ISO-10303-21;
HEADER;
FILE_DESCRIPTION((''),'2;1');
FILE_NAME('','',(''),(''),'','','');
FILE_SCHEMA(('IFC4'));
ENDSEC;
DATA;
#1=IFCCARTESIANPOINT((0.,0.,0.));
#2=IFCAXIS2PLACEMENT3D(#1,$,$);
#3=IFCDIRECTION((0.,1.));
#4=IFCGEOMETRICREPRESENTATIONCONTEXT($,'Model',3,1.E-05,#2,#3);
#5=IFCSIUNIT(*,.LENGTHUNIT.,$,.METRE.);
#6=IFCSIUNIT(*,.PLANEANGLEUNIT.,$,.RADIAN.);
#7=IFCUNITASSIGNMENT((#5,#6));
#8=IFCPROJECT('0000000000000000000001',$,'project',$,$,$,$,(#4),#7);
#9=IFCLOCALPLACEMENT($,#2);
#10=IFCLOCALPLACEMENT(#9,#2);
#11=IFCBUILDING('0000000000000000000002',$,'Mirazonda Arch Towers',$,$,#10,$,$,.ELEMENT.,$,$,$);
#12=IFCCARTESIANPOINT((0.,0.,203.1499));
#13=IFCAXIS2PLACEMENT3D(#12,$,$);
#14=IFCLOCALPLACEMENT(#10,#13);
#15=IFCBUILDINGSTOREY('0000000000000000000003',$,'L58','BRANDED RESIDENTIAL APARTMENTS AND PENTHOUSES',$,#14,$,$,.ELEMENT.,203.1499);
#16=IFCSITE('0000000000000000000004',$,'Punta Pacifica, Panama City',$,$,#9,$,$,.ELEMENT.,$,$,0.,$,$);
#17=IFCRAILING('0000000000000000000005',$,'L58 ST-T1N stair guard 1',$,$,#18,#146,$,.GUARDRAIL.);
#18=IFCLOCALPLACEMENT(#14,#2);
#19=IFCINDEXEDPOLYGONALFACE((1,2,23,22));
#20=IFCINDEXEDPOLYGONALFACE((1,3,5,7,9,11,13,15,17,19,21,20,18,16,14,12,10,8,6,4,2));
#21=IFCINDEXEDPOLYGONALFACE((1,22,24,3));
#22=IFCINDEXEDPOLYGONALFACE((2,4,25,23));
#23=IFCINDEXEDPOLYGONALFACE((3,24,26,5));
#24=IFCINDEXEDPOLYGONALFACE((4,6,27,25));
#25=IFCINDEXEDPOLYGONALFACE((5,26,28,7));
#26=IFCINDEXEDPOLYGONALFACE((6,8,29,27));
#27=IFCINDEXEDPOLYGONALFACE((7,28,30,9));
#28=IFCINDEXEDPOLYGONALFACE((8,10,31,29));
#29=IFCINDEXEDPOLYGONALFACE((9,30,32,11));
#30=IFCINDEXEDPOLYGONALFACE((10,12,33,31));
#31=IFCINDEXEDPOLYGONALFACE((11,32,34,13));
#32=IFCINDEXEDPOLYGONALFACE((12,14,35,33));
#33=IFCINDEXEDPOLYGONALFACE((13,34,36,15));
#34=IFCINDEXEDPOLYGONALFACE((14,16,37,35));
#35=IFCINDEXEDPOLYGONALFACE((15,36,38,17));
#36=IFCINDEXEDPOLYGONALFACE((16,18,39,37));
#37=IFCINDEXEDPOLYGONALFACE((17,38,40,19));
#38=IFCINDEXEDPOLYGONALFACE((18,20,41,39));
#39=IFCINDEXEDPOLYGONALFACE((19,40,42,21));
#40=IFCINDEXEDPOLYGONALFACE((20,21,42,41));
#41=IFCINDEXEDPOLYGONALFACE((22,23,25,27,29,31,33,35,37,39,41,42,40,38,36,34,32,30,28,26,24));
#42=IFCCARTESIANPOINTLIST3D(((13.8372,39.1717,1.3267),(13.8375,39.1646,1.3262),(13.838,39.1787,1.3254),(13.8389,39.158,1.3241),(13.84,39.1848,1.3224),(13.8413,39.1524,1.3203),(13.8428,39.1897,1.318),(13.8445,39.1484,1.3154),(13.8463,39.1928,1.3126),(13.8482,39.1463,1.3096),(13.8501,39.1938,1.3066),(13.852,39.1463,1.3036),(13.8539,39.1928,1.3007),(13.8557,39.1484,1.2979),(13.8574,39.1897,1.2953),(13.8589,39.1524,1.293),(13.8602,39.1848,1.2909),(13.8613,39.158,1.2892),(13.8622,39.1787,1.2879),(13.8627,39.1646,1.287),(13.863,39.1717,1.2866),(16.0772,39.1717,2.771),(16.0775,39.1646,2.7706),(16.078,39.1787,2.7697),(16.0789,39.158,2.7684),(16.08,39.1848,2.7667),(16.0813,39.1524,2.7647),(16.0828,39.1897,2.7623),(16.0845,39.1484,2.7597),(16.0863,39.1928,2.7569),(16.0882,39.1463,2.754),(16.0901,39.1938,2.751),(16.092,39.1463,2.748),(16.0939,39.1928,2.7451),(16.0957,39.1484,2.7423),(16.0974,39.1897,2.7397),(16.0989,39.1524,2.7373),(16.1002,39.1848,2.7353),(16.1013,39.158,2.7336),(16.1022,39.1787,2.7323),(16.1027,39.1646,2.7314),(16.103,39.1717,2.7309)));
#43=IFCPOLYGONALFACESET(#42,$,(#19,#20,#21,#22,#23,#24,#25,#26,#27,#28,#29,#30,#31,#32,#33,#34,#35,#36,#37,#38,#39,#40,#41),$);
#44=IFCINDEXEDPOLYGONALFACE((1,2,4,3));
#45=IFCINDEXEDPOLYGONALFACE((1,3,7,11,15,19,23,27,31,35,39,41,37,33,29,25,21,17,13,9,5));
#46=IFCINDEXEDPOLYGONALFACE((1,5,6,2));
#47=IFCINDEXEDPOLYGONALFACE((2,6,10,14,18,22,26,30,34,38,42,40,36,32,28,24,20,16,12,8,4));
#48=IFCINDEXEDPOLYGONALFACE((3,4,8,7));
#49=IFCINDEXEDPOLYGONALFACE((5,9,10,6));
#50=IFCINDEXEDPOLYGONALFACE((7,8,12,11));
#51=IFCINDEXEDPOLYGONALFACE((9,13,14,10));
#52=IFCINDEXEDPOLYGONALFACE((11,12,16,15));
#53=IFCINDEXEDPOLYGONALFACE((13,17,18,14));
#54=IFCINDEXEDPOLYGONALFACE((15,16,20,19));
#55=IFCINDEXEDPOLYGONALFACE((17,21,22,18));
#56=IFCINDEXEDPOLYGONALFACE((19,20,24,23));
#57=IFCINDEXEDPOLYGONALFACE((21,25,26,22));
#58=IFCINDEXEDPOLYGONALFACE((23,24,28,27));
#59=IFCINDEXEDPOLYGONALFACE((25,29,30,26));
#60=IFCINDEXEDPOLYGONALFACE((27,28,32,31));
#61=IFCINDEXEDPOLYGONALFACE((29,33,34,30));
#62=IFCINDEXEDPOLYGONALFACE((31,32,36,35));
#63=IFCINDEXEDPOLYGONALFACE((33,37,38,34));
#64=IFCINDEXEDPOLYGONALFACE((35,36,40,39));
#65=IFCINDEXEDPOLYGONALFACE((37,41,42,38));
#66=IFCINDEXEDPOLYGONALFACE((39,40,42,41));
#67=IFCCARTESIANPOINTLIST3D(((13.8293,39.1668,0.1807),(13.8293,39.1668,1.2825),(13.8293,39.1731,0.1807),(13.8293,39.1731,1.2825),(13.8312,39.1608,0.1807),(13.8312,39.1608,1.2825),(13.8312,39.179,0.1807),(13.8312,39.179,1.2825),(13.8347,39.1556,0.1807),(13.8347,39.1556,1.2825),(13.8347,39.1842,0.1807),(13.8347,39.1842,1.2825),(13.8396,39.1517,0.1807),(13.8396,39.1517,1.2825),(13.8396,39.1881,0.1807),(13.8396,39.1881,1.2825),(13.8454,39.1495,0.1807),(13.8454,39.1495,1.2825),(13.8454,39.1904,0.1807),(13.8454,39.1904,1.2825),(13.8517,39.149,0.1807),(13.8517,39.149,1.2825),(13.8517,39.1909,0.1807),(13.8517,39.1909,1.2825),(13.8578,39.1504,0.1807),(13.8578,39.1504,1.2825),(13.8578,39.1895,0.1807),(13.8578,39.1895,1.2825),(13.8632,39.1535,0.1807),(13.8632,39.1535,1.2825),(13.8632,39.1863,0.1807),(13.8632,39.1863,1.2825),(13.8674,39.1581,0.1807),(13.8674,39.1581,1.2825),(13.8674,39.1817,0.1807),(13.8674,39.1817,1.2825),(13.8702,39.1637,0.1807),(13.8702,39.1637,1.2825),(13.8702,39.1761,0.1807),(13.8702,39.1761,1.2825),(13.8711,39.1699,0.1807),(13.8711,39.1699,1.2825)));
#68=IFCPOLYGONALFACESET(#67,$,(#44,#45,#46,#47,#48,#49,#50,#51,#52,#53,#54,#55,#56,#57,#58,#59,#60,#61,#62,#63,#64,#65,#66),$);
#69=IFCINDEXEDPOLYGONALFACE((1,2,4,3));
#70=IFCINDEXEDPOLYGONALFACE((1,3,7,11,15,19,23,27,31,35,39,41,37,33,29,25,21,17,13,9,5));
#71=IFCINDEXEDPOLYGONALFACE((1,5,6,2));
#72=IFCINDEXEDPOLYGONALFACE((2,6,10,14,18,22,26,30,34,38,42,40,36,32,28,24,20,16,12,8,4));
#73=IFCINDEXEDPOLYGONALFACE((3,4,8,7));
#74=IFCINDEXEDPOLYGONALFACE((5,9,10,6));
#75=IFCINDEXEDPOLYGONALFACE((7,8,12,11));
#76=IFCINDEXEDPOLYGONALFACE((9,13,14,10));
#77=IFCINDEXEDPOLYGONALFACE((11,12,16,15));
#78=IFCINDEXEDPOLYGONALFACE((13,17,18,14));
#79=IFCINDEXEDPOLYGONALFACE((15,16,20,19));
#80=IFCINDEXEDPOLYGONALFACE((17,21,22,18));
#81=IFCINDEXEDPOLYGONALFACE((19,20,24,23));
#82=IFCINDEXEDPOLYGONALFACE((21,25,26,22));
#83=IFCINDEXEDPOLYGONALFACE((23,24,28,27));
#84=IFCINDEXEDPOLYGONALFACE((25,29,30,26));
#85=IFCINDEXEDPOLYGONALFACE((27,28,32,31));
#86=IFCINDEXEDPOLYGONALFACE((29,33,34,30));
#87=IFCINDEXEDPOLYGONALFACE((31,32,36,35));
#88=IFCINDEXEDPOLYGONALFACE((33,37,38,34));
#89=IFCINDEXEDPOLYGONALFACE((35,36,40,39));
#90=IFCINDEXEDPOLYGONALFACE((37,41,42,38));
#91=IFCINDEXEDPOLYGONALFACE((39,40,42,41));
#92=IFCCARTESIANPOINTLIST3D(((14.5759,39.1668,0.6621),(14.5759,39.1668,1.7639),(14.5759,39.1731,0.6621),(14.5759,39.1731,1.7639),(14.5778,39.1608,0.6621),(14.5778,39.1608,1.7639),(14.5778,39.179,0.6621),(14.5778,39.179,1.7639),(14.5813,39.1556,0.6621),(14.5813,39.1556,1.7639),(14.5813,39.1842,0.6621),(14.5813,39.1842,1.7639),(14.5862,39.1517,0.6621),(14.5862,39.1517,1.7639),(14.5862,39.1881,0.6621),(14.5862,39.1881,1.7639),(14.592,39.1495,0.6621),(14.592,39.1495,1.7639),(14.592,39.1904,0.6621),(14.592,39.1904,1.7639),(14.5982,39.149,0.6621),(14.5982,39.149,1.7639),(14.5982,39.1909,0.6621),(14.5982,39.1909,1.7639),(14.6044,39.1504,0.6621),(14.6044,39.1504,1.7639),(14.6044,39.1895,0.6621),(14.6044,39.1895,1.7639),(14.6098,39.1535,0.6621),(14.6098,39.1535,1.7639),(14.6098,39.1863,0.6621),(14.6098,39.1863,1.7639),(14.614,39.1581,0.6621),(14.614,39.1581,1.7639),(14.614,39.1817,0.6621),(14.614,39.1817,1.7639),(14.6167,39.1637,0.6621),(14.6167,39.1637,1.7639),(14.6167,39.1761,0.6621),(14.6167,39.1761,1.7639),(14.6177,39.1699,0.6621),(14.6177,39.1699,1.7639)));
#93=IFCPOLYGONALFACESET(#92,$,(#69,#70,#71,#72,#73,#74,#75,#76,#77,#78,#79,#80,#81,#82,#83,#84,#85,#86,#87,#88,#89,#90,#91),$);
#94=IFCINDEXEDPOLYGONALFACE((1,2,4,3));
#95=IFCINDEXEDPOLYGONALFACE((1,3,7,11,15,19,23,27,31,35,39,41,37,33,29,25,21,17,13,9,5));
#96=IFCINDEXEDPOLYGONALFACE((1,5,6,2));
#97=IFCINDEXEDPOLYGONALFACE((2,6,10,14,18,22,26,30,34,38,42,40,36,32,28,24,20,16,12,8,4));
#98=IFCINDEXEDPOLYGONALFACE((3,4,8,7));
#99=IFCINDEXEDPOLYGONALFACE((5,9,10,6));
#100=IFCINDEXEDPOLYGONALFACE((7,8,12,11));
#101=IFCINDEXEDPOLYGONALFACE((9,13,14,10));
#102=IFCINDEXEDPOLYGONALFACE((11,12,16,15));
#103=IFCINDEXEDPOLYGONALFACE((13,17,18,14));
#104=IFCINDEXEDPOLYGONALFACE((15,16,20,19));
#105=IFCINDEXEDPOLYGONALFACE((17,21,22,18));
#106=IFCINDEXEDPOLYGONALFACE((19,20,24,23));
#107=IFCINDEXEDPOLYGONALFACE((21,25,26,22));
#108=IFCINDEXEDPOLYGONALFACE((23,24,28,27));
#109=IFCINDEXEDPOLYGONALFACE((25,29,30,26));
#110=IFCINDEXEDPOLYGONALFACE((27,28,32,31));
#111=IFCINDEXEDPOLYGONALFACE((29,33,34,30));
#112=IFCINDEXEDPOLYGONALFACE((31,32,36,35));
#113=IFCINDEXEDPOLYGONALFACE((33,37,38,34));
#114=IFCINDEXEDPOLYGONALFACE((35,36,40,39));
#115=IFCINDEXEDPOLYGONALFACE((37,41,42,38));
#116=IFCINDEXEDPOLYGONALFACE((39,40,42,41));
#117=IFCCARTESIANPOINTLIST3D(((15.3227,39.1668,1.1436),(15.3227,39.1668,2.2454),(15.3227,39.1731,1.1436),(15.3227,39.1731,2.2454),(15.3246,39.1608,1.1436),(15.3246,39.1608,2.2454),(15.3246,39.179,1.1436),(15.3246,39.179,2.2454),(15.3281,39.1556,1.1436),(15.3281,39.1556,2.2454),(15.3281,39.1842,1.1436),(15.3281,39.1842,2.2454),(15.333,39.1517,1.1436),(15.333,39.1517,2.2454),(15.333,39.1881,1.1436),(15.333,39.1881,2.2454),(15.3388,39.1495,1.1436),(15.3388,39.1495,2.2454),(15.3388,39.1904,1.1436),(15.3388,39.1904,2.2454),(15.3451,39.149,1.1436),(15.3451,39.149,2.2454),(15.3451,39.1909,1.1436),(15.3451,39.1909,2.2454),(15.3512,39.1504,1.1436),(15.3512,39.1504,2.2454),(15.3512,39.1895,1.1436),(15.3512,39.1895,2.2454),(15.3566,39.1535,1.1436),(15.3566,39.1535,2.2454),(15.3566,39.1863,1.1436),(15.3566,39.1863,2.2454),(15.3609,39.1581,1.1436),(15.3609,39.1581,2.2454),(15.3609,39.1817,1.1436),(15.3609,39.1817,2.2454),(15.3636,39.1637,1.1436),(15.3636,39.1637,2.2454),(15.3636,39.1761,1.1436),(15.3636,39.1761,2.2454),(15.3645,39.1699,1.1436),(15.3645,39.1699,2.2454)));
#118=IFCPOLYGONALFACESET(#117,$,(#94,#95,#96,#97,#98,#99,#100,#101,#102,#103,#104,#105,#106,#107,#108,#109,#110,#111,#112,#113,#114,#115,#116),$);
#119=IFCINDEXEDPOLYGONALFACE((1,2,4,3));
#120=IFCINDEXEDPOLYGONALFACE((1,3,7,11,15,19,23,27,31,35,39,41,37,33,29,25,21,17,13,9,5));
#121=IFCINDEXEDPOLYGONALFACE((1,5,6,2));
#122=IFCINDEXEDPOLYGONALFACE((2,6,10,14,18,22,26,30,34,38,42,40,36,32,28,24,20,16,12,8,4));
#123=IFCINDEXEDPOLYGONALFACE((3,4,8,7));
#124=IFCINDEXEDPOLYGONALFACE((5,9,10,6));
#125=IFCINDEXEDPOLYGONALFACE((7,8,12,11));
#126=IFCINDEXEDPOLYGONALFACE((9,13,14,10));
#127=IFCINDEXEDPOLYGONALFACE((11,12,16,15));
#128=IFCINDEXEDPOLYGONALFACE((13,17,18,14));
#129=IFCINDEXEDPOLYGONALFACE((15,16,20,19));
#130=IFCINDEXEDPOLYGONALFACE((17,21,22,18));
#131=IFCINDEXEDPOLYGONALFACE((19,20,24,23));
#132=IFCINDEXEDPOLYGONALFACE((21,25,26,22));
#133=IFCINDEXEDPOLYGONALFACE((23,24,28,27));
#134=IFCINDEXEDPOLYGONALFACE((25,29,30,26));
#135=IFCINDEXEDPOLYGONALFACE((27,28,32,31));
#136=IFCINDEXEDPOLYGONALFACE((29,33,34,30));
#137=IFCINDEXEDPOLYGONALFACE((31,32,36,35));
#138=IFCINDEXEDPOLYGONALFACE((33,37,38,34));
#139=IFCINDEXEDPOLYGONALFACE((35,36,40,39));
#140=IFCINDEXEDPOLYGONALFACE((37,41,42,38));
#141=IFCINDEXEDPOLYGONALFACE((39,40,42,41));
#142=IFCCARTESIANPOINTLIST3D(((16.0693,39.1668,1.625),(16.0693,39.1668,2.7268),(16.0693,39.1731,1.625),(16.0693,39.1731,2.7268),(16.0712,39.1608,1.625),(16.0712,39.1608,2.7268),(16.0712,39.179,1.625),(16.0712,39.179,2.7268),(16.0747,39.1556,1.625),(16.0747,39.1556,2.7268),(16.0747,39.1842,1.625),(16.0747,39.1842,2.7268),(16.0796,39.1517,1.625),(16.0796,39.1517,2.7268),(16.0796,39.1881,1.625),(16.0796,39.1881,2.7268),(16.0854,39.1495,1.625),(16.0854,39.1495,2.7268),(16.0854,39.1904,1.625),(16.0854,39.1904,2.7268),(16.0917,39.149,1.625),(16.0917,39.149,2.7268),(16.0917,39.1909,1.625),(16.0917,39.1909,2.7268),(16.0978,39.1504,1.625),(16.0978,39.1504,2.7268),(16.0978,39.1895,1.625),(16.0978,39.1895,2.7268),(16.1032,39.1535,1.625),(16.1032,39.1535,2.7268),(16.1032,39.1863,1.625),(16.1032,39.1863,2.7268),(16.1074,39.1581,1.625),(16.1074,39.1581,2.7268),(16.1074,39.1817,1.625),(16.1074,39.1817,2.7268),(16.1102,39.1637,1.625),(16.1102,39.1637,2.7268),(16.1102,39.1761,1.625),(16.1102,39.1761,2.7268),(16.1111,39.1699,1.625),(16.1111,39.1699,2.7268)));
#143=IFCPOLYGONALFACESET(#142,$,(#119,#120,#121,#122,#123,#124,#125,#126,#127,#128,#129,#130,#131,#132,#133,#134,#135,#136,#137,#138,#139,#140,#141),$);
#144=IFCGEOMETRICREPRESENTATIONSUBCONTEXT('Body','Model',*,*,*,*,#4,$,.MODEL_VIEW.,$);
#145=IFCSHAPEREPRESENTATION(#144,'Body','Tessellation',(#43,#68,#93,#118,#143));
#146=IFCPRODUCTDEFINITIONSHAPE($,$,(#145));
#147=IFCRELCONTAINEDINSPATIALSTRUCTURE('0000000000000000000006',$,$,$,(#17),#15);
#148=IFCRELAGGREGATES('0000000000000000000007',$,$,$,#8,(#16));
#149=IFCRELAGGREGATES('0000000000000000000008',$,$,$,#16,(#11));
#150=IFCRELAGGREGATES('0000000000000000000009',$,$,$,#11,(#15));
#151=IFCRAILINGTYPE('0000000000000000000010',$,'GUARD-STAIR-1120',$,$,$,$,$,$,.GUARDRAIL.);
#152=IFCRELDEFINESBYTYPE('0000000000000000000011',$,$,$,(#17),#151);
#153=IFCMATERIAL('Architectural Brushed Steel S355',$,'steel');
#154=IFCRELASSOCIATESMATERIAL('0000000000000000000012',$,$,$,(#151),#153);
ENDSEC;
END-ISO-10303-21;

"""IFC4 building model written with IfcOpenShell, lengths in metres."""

from ifc_helpers import new_model, si_unit, direction, frame, origin, origin_2d, place, context, subcontext, project, spatial, circle, extrude, material, type_object, element, save


model = new_model("IFC4")

# Units and contexts
model_context = context("Model", 3, precision=1e-05, world=origin(), true_north=direction((0.0, 1.0)))
body_context = subcontext(model_context, "Body", "Model", "MODEL_VIEW")
ifc_project = project(units=[si_unit("LENGTHUNIT", "METRE"), si_unit("PLANEANGLEUNIT", "RADIAN")], contexts=[model_context])

# Site, building, storey
site_placement = place(None, origin())
site = spatial("IfcSite", under=ifc_project, at=site_placement, Name="Punta Pacifica, Panama City", CompositionType="ELEMENT", RefElevation=0.0)
building_placement = place(site_placement, origin())
building = spatial("IfcBuilding", under=site, at=building_placement, Name="Mirazonda Arch Towers", CompositionType="ELEMENT")
storey_placement = place(building_placement, frame((0.0, 0.0, 203.1499)))
storey = spatial("IfcBuildingStorey", under=building, at=storey_placement, Name="L58", Description="BRANDED RESIDENTIAL APARTMENTS AND PENTHOUSES", CompositionType="ELEMENT", Elevation=203.1499)

# Shared definitions
ifc_material_1 = material(Name="Architectural Brushed Steel S355", Category="steel")

# Railing
railing_type_1 = type_object("IfcRailingType", Name="GUARD-STAIR-1120", PredefinedType="GUARDRAIL", material=ifc_material_1)
railing_1_placement = place(storey_placement, frame((13.8501, 39.1699, 0.1807)))
element("IfcRailing", 1, at=railing_1_placement, inside=storey, type_object=railing_type_1, Name="L58 ST-T1N stair guard 1", PredefinedType="GUARDRAIL", context=body_context, shape_type="SweptSolid", body=[
    extrude(circle(Radius=0.0239, at=origin_2d()), frame((0.0, 0.0, 1.126), z_axis=(0.840437, 0.0, 0.54191), x_axis=(0.0, 1.0, 0.0)), (0.0, 0.0, 1.0), 2.6653),
    extrude(circle(Radius=0.021, at=origin_2d()), origin(), (0.0, 0.0, 1.0), 1.1018),
    extrude(circle(Radius=0.021, at=origin_2d()), frame((0.7466, 0.0, 0.4814)), (0.0, 0.0, 1.0), 1.1018),
    extrude(circle(Radius=0.021, at=origin_2d()), frame((1.4934, 0.0, 0.9629)), (0.0, 0.0, 1.0), 1.1018),
    extrude(circle(Radius=0.021, at=origin_2d()), frame((2.24, 0.0, 1.4443)), (0.0, 0.0, 1.0), 1.1018),
])

save(model, "model.ifc")
